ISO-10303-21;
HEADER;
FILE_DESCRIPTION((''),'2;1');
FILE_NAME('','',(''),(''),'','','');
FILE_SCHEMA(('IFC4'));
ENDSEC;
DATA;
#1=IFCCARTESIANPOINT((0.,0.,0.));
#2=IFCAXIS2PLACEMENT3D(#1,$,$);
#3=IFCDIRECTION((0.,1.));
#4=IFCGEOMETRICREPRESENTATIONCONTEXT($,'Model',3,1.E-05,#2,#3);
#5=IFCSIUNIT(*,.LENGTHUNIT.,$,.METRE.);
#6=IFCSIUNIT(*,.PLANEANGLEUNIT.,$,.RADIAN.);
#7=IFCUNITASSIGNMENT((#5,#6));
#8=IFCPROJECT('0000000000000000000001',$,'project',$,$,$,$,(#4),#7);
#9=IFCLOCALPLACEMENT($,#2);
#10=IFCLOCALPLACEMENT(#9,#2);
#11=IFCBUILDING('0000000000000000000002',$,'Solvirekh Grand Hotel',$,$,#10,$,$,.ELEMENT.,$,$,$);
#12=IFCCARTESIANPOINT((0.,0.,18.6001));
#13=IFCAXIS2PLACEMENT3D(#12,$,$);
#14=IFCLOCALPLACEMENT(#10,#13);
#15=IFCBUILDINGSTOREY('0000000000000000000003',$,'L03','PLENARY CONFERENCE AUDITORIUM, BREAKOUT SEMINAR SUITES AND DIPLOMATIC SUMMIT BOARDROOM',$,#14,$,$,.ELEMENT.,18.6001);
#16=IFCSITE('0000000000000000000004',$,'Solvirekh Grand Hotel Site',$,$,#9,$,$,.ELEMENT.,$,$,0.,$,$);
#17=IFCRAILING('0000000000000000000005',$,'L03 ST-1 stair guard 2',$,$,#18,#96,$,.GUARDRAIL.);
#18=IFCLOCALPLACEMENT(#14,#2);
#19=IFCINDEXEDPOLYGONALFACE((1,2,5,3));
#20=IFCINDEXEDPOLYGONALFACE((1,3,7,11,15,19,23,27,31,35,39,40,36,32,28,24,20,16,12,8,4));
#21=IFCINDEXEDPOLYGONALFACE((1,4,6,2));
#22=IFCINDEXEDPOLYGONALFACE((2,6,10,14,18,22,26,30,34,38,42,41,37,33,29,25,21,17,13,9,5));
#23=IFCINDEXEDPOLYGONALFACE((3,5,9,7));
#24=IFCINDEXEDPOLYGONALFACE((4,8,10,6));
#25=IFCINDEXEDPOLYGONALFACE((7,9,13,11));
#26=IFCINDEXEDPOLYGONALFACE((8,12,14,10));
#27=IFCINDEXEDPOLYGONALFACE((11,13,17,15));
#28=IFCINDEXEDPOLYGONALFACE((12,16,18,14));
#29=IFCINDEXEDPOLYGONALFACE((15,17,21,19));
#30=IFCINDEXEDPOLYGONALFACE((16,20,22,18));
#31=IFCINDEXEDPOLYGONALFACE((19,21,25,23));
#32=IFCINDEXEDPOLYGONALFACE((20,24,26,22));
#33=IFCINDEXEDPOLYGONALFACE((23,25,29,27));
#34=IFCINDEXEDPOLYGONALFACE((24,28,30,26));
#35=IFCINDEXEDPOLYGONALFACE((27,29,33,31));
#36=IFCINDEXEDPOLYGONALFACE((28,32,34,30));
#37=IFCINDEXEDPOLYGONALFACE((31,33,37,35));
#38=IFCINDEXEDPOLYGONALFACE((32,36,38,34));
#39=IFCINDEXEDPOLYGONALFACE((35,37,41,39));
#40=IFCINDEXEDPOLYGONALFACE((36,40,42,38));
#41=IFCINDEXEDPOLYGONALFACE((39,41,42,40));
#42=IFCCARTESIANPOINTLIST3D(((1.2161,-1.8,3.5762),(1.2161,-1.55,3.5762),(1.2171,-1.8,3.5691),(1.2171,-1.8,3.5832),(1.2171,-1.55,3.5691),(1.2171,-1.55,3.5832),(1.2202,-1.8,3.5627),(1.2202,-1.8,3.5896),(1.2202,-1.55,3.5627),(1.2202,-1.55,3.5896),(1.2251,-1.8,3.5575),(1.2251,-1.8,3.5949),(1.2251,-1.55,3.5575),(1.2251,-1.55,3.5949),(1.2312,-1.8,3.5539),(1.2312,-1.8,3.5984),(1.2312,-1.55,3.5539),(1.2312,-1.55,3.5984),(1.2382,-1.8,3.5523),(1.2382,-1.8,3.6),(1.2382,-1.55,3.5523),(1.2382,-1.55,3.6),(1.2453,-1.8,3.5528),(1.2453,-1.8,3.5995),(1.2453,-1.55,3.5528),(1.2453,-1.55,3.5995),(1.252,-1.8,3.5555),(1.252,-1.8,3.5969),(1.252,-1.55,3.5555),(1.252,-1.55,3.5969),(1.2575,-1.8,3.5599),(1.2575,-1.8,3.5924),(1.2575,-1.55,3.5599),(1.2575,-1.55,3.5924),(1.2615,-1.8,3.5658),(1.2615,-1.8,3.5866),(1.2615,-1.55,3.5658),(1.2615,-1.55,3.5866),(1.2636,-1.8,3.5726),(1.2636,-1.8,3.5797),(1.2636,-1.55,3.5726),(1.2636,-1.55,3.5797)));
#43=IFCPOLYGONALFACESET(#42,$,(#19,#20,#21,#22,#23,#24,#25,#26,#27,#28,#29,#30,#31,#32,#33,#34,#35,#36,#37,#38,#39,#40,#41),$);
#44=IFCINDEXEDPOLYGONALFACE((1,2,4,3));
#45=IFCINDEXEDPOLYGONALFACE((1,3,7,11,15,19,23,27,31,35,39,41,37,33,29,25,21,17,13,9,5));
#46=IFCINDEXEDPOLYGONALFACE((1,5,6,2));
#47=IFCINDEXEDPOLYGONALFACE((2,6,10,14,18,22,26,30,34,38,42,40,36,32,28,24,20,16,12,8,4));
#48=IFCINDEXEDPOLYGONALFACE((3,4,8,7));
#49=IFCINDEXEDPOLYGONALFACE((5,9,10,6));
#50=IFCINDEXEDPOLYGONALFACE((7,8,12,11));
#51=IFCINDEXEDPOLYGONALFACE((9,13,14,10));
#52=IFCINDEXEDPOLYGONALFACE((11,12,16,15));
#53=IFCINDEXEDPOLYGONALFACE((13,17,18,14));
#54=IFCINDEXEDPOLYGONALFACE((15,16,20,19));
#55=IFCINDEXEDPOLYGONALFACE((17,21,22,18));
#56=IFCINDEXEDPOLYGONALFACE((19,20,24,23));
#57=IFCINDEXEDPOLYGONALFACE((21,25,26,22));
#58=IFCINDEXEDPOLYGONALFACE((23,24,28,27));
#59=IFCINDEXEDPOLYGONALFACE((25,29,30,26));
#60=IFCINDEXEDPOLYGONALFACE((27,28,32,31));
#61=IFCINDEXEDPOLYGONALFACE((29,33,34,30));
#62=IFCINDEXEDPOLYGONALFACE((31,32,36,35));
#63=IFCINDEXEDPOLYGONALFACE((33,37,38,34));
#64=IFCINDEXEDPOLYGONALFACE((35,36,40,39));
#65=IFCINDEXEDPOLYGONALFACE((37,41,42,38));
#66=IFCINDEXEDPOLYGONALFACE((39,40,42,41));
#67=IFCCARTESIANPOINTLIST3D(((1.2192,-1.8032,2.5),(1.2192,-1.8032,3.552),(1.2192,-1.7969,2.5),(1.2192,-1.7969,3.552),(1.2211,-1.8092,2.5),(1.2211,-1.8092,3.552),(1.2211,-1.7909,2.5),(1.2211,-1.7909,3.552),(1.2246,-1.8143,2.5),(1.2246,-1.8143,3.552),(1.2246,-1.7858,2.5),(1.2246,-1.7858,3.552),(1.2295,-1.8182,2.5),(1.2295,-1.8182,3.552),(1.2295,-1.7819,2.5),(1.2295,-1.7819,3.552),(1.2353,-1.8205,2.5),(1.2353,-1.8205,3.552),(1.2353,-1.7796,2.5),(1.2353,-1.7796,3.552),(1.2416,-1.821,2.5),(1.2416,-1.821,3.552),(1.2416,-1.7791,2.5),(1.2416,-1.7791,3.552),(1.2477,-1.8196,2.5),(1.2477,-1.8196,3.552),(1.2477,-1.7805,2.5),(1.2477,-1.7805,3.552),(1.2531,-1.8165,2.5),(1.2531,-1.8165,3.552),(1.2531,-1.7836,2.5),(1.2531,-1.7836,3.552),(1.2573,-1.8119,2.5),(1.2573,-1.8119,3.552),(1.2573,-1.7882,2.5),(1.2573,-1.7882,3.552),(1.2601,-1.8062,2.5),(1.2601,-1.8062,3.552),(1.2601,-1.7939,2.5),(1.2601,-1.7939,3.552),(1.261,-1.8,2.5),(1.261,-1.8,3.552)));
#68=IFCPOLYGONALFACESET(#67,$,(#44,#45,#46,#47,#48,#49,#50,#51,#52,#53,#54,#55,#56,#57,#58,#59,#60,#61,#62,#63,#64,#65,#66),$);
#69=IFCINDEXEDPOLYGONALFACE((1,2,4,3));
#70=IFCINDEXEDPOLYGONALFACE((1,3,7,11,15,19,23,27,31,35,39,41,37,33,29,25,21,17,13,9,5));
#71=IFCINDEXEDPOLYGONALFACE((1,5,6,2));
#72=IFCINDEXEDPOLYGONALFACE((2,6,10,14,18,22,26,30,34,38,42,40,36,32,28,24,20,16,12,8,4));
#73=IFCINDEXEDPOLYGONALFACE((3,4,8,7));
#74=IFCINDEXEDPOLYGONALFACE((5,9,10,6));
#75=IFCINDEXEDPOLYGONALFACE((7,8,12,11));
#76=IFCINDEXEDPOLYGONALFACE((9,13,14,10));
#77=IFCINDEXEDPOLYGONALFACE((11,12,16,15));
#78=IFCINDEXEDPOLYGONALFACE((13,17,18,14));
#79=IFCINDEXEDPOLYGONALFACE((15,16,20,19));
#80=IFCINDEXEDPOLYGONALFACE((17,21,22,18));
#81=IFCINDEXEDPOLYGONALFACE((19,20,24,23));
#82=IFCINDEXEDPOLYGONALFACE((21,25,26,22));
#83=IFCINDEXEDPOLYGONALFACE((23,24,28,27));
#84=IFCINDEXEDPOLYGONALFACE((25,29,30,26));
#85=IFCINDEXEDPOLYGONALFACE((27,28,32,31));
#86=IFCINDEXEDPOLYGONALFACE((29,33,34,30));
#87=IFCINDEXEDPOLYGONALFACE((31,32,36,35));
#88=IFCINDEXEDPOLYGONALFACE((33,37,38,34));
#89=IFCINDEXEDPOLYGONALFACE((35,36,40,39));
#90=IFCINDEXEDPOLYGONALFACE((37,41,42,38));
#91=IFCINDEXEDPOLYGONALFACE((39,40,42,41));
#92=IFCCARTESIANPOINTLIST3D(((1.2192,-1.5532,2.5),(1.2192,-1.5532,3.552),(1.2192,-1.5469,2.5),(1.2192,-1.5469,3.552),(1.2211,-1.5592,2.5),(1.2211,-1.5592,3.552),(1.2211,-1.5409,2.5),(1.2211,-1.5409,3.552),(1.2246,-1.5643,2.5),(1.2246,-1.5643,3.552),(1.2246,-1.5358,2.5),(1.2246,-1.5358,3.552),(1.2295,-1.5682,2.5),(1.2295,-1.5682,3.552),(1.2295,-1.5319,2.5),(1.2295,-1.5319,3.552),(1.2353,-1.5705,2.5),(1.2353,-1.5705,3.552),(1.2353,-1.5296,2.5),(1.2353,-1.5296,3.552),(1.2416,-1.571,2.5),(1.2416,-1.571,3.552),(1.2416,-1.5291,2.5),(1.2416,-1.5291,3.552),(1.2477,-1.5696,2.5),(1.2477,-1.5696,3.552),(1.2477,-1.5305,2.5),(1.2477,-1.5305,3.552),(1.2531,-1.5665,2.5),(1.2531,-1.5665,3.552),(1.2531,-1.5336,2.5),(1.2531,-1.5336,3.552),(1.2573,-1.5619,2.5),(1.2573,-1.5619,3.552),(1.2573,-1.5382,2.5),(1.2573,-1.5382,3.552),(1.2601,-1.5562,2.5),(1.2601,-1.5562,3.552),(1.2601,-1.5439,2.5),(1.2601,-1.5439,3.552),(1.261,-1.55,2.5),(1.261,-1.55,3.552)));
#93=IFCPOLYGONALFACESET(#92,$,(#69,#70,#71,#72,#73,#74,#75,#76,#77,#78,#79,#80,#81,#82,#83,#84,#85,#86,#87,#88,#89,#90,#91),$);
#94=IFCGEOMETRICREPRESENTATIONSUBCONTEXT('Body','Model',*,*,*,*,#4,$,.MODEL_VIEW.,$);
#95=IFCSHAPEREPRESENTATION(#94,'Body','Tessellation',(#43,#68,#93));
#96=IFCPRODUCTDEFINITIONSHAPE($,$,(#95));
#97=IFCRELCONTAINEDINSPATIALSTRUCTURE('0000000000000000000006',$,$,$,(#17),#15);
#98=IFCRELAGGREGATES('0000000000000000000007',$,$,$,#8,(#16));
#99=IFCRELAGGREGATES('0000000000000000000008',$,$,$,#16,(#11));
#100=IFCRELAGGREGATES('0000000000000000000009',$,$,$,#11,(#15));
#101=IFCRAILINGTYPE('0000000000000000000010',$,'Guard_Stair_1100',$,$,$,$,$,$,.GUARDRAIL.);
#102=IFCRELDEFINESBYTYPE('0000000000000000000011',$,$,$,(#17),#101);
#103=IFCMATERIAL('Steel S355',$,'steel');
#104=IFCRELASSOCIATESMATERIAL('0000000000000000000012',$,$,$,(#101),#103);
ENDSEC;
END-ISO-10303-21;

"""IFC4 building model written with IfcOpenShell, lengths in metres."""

from ifc_helpers import new_model, si_unit, direction, frame, origin, origin_2d, place, context, subcontext, project, spatial, circle, extrude, material, type_object, element, save


model = new_model("IFC4")

# Units and contexts
model_context = context("Model", 3, precision=1e-05, world=origin(), true_north=direction((0.0, 1.0)))
body_context = subcontext(model_context, "Body", "Model", "MODEL_VIEW")
ifc_project = project(units=[si_unit("LENGTHUNIT", "METRE"), si_unit("PLANEANGLEUNIT", "RADIAN")], contexts=[model_context])

# Site, building, storey
site_placement = place(None, origin())
site = spatial("IfcSite", under=ifc_project, at=site_placement, Name="Solvirekh Grand Hotel Site", CompositionType="ELEMENT", RefElevation=0.0)
building_placement = place(site_placement, origin())
building = spatial("IfcBuilding", under=site, at=building_placement, Name="Solvirekh Grand Hotel", CompositionType="ELEMENT")
storey_placement = place(building_placement, frame((0.0, 0.0, 18.6001)))
storey = spatial("IfcBuildingStorey", under=building, at=storey_placement, Name="L03", Description="PLENARY CONFERENCE AUDITORIUM, BREAKOUT SEMINAR SUITES AND DIPLOMATIC SUMMIT BOARDROOM", CompositionType="ELEMENT", Elevation=18.6001)

# Shared definitions
ifc_material_1 = material(Name="Steel S355", Category="steel")

# Railing
railing_type_1 = type_object("IfcRailingType", Name="Guard_Stair_1100", PredefinedType="GUARDRAIL", material=ifc_material_1)
railing_1_placement = place(storey_placement, frame((1.24, -1.8, 2.5)))
element("IfcRailing", 1, at=railing_1_placement, inside=storey, type_object=railing_type_1, Name="L03 ST-1 stair guard 2", PredefinedType="GUARDRAIL", context=body_context, shape_type="SweptSolid", body=[
    extrude(circle(Radius=0.0239, at=origin_2d()), frame((0.0, 0.0, 1.0762), z_axis=(0.0, 1.0, 0.0), x_axis=(-1.0, 0.0, 0.0)), (0.0, 0.0, 1.0), 0.25),
    extrude(circle(Radius=0.021, at=origin_2d()), origin(), (0.0, 0.0, 1.0), 1.052),
    extrude(circle(Radius=0.021, at=origin_2d()), frame((0.0, 0.25, 0.0)), (0.0, 0.0, 1.0), 1.052),
])

save(model, "model.ifc")
